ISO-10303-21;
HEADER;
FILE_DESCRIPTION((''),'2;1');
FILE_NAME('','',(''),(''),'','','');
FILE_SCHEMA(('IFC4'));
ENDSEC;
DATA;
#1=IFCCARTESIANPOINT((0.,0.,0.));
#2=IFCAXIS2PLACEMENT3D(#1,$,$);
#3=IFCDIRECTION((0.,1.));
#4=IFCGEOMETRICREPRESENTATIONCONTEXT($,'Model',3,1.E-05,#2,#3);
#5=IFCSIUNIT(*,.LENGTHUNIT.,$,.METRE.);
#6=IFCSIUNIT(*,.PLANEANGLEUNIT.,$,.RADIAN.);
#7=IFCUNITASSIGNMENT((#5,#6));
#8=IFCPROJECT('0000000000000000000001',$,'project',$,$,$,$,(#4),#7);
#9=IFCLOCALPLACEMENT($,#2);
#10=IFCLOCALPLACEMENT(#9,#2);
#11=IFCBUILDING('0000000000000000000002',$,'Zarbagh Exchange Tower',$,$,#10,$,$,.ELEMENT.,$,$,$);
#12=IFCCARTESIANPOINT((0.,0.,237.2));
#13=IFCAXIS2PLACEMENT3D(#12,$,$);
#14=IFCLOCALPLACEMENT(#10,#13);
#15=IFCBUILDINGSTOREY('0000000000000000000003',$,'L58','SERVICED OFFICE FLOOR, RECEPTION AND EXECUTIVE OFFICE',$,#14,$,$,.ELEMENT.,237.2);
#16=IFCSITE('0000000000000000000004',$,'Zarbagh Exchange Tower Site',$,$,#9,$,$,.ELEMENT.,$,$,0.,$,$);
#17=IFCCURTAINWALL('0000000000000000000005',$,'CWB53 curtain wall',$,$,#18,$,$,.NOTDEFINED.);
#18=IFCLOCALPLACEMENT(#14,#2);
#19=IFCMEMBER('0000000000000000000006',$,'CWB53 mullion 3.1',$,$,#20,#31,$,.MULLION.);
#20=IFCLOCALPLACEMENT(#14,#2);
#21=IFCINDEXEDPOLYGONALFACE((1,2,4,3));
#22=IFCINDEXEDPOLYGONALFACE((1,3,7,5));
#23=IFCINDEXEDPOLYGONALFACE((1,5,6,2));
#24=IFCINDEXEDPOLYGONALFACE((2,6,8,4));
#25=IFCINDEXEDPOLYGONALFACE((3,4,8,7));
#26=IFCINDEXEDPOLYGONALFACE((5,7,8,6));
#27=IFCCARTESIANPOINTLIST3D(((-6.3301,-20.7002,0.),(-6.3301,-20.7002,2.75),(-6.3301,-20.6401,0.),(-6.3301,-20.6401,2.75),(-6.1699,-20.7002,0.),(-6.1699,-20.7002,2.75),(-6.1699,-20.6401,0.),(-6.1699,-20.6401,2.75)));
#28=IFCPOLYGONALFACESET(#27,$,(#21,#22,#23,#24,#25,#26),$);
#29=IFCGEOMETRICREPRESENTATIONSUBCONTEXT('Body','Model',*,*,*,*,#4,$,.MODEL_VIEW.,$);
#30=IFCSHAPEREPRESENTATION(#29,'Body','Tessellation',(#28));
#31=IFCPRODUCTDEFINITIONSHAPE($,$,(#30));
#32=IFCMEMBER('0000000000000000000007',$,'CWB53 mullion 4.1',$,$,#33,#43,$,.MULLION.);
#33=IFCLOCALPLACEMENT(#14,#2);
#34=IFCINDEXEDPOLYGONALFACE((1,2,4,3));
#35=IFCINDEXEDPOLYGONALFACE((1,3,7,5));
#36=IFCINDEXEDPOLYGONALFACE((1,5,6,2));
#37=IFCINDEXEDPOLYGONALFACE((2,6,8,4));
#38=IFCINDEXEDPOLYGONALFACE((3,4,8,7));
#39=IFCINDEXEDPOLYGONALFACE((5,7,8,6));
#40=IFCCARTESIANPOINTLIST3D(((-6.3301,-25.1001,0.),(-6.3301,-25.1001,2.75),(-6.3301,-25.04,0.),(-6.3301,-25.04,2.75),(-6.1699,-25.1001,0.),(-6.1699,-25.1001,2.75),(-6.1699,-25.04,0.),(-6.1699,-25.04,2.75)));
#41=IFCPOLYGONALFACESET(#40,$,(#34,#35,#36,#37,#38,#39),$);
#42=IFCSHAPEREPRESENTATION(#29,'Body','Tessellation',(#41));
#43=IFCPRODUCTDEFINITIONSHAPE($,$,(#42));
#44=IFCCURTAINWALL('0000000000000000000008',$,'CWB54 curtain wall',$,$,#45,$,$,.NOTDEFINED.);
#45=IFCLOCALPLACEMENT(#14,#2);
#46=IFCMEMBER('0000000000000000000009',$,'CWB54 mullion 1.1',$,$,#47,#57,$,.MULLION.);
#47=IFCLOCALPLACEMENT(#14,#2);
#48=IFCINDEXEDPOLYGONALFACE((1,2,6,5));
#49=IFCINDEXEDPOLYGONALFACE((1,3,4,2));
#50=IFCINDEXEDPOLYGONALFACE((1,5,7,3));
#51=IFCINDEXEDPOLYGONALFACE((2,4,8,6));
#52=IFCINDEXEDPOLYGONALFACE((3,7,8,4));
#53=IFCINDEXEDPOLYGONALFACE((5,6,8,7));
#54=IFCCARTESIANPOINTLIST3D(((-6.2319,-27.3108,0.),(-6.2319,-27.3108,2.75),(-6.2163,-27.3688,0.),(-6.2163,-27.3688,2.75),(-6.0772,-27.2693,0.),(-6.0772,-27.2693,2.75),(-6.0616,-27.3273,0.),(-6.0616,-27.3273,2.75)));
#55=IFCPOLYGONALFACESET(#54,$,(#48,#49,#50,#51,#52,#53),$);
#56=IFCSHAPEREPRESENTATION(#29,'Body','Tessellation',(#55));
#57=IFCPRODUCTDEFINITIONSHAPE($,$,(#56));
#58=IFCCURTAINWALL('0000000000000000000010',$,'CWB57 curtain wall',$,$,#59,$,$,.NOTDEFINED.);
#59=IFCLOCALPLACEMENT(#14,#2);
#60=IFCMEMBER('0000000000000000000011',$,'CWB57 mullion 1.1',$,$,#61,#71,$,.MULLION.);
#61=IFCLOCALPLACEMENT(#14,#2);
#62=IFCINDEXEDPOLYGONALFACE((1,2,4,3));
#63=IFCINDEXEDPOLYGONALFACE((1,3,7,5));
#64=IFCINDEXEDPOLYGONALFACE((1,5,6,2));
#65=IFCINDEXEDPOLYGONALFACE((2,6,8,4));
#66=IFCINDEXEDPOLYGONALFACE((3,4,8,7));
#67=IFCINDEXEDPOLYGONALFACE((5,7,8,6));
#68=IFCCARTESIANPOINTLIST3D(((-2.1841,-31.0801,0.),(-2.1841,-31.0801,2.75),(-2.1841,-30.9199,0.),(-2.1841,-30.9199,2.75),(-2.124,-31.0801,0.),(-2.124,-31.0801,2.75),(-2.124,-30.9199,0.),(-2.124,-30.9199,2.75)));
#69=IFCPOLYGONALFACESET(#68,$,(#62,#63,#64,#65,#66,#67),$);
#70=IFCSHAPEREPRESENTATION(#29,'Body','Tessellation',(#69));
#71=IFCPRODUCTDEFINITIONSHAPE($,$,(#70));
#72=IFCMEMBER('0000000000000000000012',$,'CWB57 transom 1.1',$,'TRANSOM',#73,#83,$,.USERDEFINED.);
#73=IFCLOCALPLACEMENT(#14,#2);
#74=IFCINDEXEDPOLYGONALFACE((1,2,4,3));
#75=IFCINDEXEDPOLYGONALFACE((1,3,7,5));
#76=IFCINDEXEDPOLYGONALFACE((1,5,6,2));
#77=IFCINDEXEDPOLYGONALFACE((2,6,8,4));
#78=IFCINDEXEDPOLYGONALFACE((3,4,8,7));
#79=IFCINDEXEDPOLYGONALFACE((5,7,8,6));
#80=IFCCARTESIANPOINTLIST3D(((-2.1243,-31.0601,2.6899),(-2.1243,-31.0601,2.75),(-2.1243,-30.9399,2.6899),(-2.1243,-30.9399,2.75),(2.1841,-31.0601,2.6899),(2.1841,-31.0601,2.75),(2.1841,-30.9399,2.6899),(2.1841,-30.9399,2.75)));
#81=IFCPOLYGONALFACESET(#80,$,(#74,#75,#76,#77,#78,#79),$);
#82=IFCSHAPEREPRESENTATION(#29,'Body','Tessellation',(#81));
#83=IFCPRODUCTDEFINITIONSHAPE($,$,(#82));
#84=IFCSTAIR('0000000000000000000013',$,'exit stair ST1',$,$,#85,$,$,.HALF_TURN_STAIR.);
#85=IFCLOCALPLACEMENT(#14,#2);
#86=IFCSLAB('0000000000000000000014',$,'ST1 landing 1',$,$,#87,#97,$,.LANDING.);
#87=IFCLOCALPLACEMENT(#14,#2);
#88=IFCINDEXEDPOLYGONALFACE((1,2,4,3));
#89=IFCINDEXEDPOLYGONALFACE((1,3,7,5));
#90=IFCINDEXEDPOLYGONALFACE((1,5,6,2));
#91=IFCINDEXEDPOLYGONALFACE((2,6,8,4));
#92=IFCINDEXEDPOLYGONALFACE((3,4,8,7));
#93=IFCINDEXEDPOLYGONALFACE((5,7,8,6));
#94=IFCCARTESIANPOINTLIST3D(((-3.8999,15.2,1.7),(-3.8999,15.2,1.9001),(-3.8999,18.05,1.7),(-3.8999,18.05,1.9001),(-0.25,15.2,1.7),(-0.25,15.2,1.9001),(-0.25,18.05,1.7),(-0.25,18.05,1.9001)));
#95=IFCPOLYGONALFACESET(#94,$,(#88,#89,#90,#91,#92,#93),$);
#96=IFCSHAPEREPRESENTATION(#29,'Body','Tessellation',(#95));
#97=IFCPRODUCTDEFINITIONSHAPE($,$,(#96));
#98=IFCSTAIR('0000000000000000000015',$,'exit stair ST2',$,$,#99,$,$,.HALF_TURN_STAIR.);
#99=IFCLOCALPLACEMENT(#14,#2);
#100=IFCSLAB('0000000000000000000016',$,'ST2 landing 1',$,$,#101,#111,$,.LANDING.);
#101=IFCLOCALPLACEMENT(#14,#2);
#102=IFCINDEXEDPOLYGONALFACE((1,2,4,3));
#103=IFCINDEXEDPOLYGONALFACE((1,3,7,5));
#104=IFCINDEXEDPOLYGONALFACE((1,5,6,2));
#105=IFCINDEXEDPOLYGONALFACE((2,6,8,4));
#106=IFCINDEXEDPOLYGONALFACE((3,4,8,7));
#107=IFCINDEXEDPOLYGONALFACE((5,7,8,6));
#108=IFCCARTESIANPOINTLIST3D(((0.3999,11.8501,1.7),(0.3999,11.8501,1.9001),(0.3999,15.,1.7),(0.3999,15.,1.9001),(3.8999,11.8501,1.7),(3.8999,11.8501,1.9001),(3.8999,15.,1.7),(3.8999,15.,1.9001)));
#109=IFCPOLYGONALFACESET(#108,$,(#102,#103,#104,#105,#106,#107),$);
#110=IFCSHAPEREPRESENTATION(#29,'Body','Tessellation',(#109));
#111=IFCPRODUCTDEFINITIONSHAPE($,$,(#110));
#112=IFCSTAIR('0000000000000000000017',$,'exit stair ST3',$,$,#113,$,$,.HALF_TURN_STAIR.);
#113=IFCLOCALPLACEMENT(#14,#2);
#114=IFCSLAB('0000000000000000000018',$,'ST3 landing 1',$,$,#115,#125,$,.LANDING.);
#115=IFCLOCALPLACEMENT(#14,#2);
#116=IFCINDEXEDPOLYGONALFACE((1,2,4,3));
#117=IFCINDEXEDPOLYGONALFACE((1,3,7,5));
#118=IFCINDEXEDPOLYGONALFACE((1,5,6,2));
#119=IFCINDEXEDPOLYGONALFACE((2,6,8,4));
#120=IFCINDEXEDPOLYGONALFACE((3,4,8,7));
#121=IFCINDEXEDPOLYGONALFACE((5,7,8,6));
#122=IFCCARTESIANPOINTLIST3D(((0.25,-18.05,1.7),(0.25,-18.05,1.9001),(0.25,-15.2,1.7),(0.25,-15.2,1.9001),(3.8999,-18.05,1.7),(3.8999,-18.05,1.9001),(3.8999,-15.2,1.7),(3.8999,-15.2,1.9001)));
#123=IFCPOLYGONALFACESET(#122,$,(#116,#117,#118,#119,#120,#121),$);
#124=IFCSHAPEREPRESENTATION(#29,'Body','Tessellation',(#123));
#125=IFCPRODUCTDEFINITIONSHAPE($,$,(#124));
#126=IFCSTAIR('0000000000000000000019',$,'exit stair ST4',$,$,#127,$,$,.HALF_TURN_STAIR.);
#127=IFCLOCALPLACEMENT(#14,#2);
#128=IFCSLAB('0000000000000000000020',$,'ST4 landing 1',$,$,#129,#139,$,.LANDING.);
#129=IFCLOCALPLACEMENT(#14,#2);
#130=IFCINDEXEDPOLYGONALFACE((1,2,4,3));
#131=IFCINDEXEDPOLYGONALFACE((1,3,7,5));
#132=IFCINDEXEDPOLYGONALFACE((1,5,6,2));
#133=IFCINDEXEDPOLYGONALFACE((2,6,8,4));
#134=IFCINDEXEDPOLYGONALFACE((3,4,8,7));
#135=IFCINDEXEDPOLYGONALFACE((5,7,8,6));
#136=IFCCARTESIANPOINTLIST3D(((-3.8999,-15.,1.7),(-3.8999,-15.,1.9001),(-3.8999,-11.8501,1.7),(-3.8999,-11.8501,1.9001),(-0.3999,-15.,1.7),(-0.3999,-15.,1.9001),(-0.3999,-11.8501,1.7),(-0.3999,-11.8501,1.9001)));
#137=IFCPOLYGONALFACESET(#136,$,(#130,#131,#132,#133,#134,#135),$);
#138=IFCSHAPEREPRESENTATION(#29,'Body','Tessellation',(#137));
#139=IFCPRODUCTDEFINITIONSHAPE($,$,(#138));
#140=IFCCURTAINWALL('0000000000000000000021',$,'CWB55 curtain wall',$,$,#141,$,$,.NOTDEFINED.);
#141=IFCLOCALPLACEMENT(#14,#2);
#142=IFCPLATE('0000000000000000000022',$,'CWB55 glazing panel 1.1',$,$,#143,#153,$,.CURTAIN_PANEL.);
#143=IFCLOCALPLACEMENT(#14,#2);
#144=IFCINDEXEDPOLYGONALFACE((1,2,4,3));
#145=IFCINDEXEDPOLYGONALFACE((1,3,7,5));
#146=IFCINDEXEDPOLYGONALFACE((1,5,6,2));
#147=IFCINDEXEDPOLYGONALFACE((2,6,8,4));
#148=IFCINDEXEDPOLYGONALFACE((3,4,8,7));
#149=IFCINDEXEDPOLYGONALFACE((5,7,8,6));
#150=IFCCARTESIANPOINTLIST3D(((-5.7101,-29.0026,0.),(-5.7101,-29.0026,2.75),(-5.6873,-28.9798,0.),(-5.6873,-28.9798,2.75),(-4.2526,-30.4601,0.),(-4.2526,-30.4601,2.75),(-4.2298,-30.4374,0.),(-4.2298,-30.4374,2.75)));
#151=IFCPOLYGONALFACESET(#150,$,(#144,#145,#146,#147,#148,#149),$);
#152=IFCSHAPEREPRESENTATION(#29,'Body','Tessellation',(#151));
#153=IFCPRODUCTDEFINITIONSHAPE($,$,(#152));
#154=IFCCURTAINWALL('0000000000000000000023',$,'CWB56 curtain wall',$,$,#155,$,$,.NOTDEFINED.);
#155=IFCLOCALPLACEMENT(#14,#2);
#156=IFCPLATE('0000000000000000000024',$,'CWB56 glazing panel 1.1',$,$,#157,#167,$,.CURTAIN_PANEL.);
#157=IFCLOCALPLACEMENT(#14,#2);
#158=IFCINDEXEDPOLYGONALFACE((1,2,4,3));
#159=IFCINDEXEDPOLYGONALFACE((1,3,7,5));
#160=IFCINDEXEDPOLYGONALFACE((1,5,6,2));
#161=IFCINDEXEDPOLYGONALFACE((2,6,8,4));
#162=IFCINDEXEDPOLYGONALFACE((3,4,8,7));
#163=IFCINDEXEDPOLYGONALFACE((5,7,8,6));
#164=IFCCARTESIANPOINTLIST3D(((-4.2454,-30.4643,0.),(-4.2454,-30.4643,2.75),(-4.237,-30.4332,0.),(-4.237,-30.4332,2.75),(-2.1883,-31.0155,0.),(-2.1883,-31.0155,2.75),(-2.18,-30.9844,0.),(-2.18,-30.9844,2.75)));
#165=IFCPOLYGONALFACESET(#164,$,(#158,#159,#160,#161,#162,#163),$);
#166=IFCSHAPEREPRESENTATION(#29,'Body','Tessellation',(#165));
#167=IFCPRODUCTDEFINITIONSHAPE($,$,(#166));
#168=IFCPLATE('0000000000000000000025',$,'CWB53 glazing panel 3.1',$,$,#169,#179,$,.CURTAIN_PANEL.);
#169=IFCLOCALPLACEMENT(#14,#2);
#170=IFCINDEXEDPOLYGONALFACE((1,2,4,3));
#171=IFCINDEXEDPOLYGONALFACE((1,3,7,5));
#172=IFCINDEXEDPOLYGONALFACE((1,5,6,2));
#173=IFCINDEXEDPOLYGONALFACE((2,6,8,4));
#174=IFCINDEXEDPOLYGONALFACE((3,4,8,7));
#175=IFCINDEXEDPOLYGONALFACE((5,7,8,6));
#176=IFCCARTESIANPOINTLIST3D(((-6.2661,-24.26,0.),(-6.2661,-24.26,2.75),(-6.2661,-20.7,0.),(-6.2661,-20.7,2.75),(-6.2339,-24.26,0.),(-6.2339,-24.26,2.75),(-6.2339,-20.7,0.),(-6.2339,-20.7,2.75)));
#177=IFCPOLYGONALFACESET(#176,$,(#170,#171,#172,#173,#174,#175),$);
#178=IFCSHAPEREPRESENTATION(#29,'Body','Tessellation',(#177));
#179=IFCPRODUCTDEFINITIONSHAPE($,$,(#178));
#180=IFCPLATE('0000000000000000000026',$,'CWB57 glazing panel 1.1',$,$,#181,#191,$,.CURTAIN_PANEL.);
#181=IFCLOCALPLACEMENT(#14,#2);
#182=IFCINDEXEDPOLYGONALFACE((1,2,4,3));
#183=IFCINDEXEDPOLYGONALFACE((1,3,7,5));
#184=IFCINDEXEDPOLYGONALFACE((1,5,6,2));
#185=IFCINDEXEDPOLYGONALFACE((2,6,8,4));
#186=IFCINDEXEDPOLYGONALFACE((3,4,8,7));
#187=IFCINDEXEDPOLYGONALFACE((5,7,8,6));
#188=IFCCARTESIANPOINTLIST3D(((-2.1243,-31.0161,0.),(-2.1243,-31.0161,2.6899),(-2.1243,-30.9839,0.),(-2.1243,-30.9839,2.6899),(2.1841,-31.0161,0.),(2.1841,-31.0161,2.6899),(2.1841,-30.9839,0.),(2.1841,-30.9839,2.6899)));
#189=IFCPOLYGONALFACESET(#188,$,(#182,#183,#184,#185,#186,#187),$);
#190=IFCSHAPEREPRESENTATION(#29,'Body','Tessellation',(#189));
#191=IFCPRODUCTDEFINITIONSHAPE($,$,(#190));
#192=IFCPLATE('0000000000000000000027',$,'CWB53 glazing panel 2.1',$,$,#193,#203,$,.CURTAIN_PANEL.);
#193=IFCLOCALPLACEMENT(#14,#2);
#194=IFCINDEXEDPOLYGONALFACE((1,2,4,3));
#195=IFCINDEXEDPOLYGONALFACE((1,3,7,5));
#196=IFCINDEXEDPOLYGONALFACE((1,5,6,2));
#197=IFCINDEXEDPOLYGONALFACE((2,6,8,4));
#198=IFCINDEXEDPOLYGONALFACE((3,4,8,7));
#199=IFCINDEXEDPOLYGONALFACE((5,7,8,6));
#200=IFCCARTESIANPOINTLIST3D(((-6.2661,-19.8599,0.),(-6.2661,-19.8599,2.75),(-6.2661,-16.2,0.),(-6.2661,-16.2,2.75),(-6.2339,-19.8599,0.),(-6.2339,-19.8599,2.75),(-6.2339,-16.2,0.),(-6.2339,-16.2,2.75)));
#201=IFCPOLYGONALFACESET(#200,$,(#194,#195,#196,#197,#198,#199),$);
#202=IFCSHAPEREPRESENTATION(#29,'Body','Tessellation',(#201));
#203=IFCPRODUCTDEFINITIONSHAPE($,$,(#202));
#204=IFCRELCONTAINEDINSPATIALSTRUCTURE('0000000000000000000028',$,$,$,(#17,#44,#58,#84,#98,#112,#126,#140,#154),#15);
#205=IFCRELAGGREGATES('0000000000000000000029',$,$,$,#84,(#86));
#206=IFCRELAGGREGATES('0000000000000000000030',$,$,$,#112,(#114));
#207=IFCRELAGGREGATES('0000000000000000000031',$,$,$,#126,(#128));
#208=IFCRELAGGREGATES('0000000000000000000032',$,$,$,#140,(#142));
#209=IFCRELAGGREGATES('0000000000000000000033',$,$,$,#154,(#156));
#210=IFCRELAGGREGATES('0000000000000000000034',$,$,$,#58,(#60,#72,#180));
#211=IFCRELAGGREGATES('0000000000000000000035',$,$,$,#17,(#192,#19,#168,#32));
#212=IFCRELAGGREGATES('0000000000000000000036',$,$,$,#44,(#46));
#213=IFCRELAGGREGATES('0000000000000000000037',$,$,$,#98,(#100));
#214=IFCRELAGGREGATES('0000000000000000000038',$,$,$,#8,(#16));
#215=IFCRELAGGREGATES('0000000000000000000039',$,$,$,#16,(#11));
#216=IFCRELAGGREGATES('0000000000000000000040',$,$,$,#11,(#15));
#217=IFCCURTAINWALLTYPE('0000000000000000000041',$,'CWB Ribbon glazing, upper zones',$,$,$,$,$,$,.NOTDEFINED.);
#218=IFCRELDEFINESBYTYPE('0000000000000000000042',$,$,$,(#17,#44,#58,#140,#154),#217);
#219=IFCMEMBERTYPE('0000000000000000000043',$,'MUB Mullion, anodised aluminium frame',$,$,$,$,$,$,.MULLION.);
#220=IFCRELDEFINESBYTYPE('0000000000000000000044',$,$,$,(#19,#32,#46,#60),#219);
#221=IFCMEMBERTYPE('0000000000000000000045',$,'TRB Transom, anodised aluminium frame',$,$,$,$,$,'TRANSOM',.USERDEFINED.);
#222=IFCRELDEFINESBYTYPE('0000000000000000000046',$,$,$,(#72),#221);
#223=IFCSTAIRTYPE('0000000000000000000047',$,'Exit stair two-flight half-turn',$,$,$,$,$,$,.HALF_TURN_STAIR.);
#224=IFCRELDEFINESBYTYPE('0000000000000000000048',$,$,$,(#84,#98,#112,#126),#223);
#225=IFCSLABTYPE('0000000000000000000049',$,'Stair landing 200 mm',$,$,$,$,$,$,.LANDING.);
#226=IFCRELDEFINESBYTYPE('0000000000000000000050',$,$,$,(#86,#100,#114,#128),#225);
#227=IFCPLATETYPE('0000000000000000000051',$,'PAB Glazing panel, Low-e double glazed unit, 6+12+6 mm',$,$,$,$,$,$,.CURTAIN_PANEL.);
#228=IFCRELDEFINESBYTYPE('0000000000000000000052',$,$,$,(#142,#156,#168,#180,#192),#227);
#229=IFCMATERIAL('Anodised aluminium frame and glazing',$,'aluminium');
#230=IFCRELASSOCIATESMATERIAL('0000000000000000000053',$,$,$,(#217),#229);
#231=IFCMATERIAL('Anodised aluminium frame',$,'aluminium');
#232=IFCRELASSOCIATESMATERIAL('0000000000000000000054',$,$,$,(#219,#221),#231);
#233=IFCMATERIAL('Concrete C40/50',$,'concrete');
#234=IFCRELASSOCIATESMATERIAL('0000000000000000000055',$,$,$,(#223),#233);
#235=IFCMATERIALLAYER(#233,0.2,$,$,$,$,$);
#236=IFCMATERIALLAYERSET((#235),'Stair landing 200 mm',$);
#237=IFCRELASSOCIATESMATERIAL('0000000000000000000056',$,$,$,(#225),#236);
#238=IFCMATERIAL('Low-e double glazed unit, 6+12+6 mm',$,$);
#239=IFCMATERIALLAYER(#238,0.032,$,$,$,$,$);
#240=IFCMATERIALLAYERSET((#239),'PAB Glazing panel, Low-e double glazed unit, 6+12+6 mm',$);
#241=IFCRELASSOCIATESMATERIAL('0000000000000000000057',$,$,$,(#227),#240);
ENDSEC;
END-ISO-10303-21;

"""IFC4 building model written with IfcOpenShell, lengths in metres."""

from ifc_helpers import new_model, si_unit, direction, frame, origin, place, context, subcontext, project, spatial, polyline, outline, extrude, source, transform, mapped, material, layer, layer_set, type_object, element, aggregate, save


model = new_model("IFC4")

# Units and contexts
model_context = context("Model", 3, precision=1e-05, world=origin(), true_north=direction((0.0, 1.0)))
body_context = subcontext(model_context, "Body", "Model", "MODEL_VIEW")
ifc_project = project(units=[si_unit("LENGTHUNIT", "METRE"), si_unit("PLANEANGLEUNIT", "RADIAN")], contexts=[model_context])

# Site, building, storey
site_placement = place(None, origin())
site = spatial("IfcSite", under=ifc_project, at=site_placement, Name="Zarbagh Exchange Tower Site", CompositionType="ELEMENT", RefElevation=0.0)
building_placement = place(site_placement, origin())
building = spatial("IfcBuilding", under=site, at=building_placement, Name="Zarbagh Exchange Tower", CompositionType="ELEMENT")
storey_placement = place(building_placement, frame((0.0, 0.0, 237.2)))
storey = spatial("IfcBuildingStorey", under=building, at=storey_placement, Name="L58", Description="SERVICED OFFICE FLOOR, RECEPTION AND EXECUTIVE OFFICE", CompositionType="ELEMENT", Elevation=237.2)

# Curtain wall, members
ifc_material_1 = material(Name="Anodised aluminium frame and glazing", Category="aluminium")
curtain_wall_type = type_object("IfcCurtainWallType", Name="CWB Ribbon glazing, upper zones", PredefinedType="NOTDEFINED", material=ifc_material_1)
curtain_wall_1_placement = place(storey_placement, origin())
curtain_wall_1 = element("IfcCurtainWall", 1, at=curtain_wall_1_placement, inside=storey, type_object=curtain_wall_type, Name="CWB53 curtain wall", PredefinedType="NOTDEFINED")
ifc_material_2 = material(Name="Anodised aluminium frame", Category="aluminium")
member_type_1 = type_object("IfcMemberType", Name="MUB Mullion, anodised aluminium frame", PredefinedType="MULLION", material=ifc_material_2)
shared_shape_1 = source(origin(), body_context, "Body", "SweptSolid", [
    extrude(outline(polyline([(0.0, -0.0801), (0.0601, -0.0801), (0.0601, 0.0801), (0.0, 0.0801), (0.0, -0.0801)])), origin(), (0.0, 0.0, 1.0), 2.75),
])
placement = place(storey_placement, origin())
member_1 = element("IfcMember", 2, at=placement, type_object=member_type_1, Name="CWB53 mullion 3.1", PredefinedType="MULLION", context=body_context, shape_type="MappedRepresentation", body=[
    mapped(shared_shape_1, transform((-6.25, -20.6401, 0.0), x_axis=(0.0, -1.0, 0.0), y_axis=(1.0, 0.0, 0.0), z_axis=(0.0, 0.0, 1.0))),
])
member_2 = element("IfcMember", 3, at=placement, type_object=member_type_1, Name="CWB53 mullion 4.1", PredefinedType="MULLION", context=body_context, shape_type="MappedRepresentation", body=[
    mapped(shared_shape_1, transform((-6.25, -25.04, 0.0), x_axis=(0.0, -1.0, 0.0), y_axis=(1.0, 0.0, 0.0), z_axis=(0.0, 0.0, 1.0))),
])

# Curtain wall, member
curtain_wall_2_placement = place(storey_placement, origin())
curtain_wall_2 = element("IfcCurtainWall", 4, at=curtain_wall_2_placement, inside=storey, type_object=curtain_wall_type, Name="CWB54 curtain wall", PredefinedType="NOTDEFINED")
member_3 = element("IfcMember", 5, at=placement, type_object=member_type_1, Name="CWB54 mullion 1.1", PredefinedType="MULLION", context=body_context, shape_type="MappedRepresentation", body=[
    mapped(shared_shape_1, transform((-6.1545, -27.29, 0.0), x_axis=(0.258825, -0.965924, 0.0), y_axis=(0.965924, 0.258825, 0.0), z_axis=(0.0, 0.0, 1.0))),
])

# Curtain wall, members
curtain_wall_3_placement = place(storey_placement, origin())
curtain_wall_3 = element("IfcCurtainWall", 6, at=curtain_wall_3_placement, inside=storey, type_object=curtain_wall_type, Name="CWB57 curtain wall", PredefinedType="NOTDEFINED")
member_4 = element("IfcMember", 7, at=placement, type_object=member_type_1, Name="CWB57 mullion 1.1", PredefinedType="MULLION", context=body_context, shape_type="MappedRepresentation", body=[
    mapped(shared_shape_1, transform((-2.1841, -31.0, 0.0), x_axis=(1.0, 0.0, 0.0), y_axis=(0.0, 1.0, 0.0), z_axis=(0.0, 0.0, 1.0))),
])
member_type_2 = type_object("IfcMemberType", Name="TRB Transom, anodised aluminium frame", ElementType="TRANSOM", PredefinedType="USERDEFINED", material=ifc_material_2)
shared_shape_2 = source(origin(), body_context, "Body", "SweptSolid", [
    extrude(outline(polyline([(-0.0601, -0.0601), (0.0, -0.0601), (0.0, 0.0601), (-0.0601, 0.0601), (-0.0601, -0.0601)])), origin(), (0.0, 0.0, 1.0), 4.3083),
])
member_5 = element("IfcMember", 8, at=placement, type_object=member_type_2, Name="CWB57 transom 1.1", ObjectType="TRANSOM", PredefinedType="USERDEFINED", context=body_context, shape_type="MappedRepresentation", body=[
    mapped(shared_shape_2, transform((-2.1243, -31.0, 2.75), x_axis=(0.0, 0.0, 1.0), y_axis=(0.0, -1.0, 0.0), z_axis=(1.0, 0.0, 0.0))),
])

# Stairs, slabs
ifc_material_3 = material(Name="Concrete C40/50", Category="concrete")
stair_type = type_object("IfcStairType", Name="Exit stair two-flight half-turn", PredefinedType="HALF_TURN_STAIR", material=ifc_material_3)
stair_1_placement = place(storey_placement, origin())
stair_1 = element("IfcStair", 9, at=stair_1_placement, inside=storey, type_object=stair_type, Name="exit stair ST1", PredefinedType="HALF_TURN_STAIR")
ifc_layer_1 = layer(ifc_material_3, 0.2)
ifc_layer_set_1 = layer_set([ifc_layer_1], Name="Stair landing 200 mm")
slab_type = type_object("IfcSlabType", Name="Stair landing 200 mm", PredefinedType="LANDING", material=ifc_layer_set_1)
slab_1_placement = place(storey_placement, frame((0.0, 0.0, 1.7)))
slab_1 = element("IfcSlab", 10, at=slab_1_placement, type_object=slab_type, Name="ST1 landing 1", PredefinedType="LANDING", context=body_context, shape_type="SweptSolid", body=[
    extrude(outline(polyline([(-0.25, 18.05), (-3.8999, 18.05), (-3.8999, 15.2), (-0.25, 15.2), (-0.25, 18.05)])), origin(), (0.0, 0.0, 1.0), 0.2002),
])
aggregate(stair_1, [slab_1])
stair_2_placement = place(storey_placement, origin())
stair_2 = element("IfcStair", 11, at=stair_2_placement, inside=storey, type_object=stair_type, Name="exit stair ST2", PredefinedType="HALF_TURN_STAIR")
slab_2_placement = place(storey_placement, frame((0.0, 0.0, 1.7)))
slab_2 = element("IfcSlab", 12, at=slab_2_placement, type_object=slab_type, Name="ST2 landing 1", PredefinedType="LANDING", context=body_context, shape_type="SweptSolid", body=[
    extrude(outline(polyline([(0.3999, 11.8501), (3.8999, 11.8501), (3.8999, 15.0), (0.3999, 15.0), (0.3999, 11.8501)])), origin(), (0.0, 0.0, 1.0), 0.2002),
])
stair_3_placement = place(storey_placement, origin())
stair_3 = element("IfcStair", 13, at=stair_3_placement, inside=storey, type_object=stair_type, Name="exit stair ST3", PredefinedType="HALF_TURN_STAIR")
slab_3_placement = place(storey_placement, frame((0.0, 0.0, 1.7)))
slab_3 = element("IfcSlab", 14, at=slab_3_placement, type_object=slab_type, Name="ST3 landing 1", PredefinedType="LANDING", context=body_context, shape_type="SweptSolid", body=[
    extrude(outline(polyline([(0.25, -18.05), (3.8999, -18.05), (3.8999, -15.2), (0.25, -15.2), (0.25, -18.05)])), origin(), (0.0, 0.0, 1.0), 0.2002),
])
aggregate(stair_3, [slab_3])
stair_4_placement = place(storey_placement, origin())
stair_4 = element("IfcStair", 15, at=stair_4_placement, inside=storey, type_object=stair_type, Name="exit stair ST4", PredefinedType="HALF_TURN_STAIR")
slab_4_placement = place(storey_placement, frame((0.0, 0.0, 1.7)))
slab_4 = element("IfcSlab", 16, at=slab_4_placement, type_object=slab_type, Name="ST4 landing 1", PredefinedType="LANDING", context=body_context, shape_type="SweptSolid", body=[
    extrude(outline(polyline([(-0.3999, -11.8501), (-3.8999, -11.8501), (-3.8999, -15.0), (-0.3999, -15.0), (-0.3999, -11.8501)])), origin(), (0.0, 0.0, 1.0), 0.2002),
])
aggregate(stair_4, [slab_4])

# Curtain walls, plates
curtain_wall_4_placement = place(storey_placement, origin())
curtain_wall_4 = element("IfcCurtainWall", 17, at=curtain_wall_4_placement, inside=storey, type_object=curtain_wall_type, Name="CWB55 curtain wall", PredefinedType="NOTDEFINED")
ifc_material_4 = material(Name="Low-e double glazed unit, 6+12+6 mm")
ifc_layer_2 = layer(ifc_material_4, 0.032)
ifc_layer_set_2 = layer_set([ifc_layer_2], Name="PAB Glazing panel, Low-e double glazed unit, 6+12+6 mm")
plate_type = type_object("IfcPlateType", Name="PAB Glazing panel, Low-e double glazed unit, 6+12+6 mm", PredefinedType="CURTAIN_PANEL", material=ifc_layer_set_2)
shared_shape_3 = source(origin(), body_context, "Body", "SweptSolid", [
    extrude(outline(polyline([(0.0, -0.0161), (2.0613, -0.0161), (2.0613, 0.0161), (0.0, 0.0161), (0.0, -0.0161)])), origin(), (0.0, 0.0, 1.0), 2.75),
])
plate_1 = element("IfcPlate", 18, at=placement, type_object=plate_type, Name="CWB55 glazing panel 1.1", PredefinedType="CURTAIN_PANEL", context=body_context, shape_type="MappedRepresentation", body=[
    mapped(shared_shape_3, transform((-5.6987, -28.9912, 0.0), x_axis=(0.707107, -0.707107, 0.0), y_axis=(0.707107, 0.707107, 0.0), z_axis=(0.0, 0.0, 1.0))),
])
aggregate(curtain_wall_4, [plate_1])
curtain_wall_5_placement = place(storey_placement, origin())
curtain_wall_5 = element("IfcCurtainWall", 19, at=curtain_wall_5_placement, inside=storey, type_object=curtain_wall_type, Name="CWB56 curtain wall", PredefinedType="NOTDEFINED")
shared_shape_4 = source(origin(), body_context, "Body", "SweptSolid", [
    extrude(outline(polyline([(0.0, -0.0161), (2.1296, -0.0161), (2.1296, 0.0161), (0.0, 0.0161), (0.0, -0.0161)])), origin(), (0.0, 0.0, 1.0), 2.75),
])
plate_2 = element("IfcPlate", 20, at=placement, type_object=plate_type, Name="CWB56 glazing panel 1.1", PredefinedType="CURTAIN_PANEL", context=body_context, shape_type="MappedRepresentation", body=[
    mapped(shared_shape_4, transform((-4.2412, -30.4487, 0.0), x_axis=(0.965924, -0.258825, 0.0), y_axis=(0.258825, 0.965924, 0.0), z_axis=(0.0, 0.0, 1.0))),
])
aggregate(curtain_wall_5, [plate_2])

# Plates
shared_shape_5 = source(origin(), body_context, "Body", "SweptSolid", [
    extrude(outline(polyline([(0.0, -0.0161), (3.5601, -0.0161), (3.5601, 0.0161), (0.0, 0.0161), (0.0, -0.0161)])), origin(), (0.0, 0.0, 1.0), 2.75),
])
plate_3 = element("IfcPlate", 21, at=placement, type_object=plate_type, Name="CWB53 glazing panel 3.1", PredefinedType="CURTAIN_PANEL", context=body_context, shape_type="MappedRepresentation", body=[
    mapped(shared_shape_5, transform((-6.25, -20.7, 0.0), x_axis=(0.0, -1.0, 0.0), y_axis=(1.0, 0.0, 0.0), z_axis=(0.0, 0.0, 1.0))),
])
shared_shape_6 = source(origin(), body_context, "Body", "SweptSolid", [
    extrude(outline(polyline([(0.0, -0.0161), (4.3083, -0.0161), (4.3083, 0.0161), (0.0, 0.0161), (0.0, -0.0161)])), origin(), (0.0, 0.0, 1.0), 2.6899),
])
plate_4 = element("IfcPlate", 22, at=placement, type_object=plate_type, Name="CWB57 glazing panel 1.1", PredefinedType="CURTAIN_PANEL", context=body_context, shape_type="MappedRepresentation", body=[
    mapped(shared_shape_6, transform((-2.1243, -31.0, 0.0), x_axis=(1.0, 0.0, 0.0), y_axis=(0.0, 1.0, 0.0), z_axis=(0.0, 0.0, 1.0))),
])
aggregate(curtain_wall_3, [member_4, member_5, plate_4])
shared_shape_7 = source(origin(), body_context, "Body", "SweptSolid", [
    extrude(outline(polyline([(0.0, -0.0161), (3.6599, -0.0161), (3.6599, 0.0161), (0.0, 0.0161), (0.0, -0.0161)])), origin(), (0.0, 0.0, 1.0), 2.75),
])
plate_5 = element("IfcPlate", 23, at=placement, type_object=plate_type, Name="CWB53 glazing panel 2.1", PredefinedType="CURTAIN_PANEL", context=body_context, shape_type="MappedRepresentation", body=[
    mapped(shared_shape_7, transform((-6.25, -16.2, 0.0), x_axis=(0.0, -1.0, 0.0), y_axis=(1.0, 0.0, 0.0), z_axis=(0.0, 0.0, 1.0))),
])
aggregate(curtain_wall_1, [plate_5, member_1, plate_3, member_2])
aggregate(curtain_wall_2, [member_3])

aggregate(stair_2, [slab_2])

save(model, "model.ifc")
